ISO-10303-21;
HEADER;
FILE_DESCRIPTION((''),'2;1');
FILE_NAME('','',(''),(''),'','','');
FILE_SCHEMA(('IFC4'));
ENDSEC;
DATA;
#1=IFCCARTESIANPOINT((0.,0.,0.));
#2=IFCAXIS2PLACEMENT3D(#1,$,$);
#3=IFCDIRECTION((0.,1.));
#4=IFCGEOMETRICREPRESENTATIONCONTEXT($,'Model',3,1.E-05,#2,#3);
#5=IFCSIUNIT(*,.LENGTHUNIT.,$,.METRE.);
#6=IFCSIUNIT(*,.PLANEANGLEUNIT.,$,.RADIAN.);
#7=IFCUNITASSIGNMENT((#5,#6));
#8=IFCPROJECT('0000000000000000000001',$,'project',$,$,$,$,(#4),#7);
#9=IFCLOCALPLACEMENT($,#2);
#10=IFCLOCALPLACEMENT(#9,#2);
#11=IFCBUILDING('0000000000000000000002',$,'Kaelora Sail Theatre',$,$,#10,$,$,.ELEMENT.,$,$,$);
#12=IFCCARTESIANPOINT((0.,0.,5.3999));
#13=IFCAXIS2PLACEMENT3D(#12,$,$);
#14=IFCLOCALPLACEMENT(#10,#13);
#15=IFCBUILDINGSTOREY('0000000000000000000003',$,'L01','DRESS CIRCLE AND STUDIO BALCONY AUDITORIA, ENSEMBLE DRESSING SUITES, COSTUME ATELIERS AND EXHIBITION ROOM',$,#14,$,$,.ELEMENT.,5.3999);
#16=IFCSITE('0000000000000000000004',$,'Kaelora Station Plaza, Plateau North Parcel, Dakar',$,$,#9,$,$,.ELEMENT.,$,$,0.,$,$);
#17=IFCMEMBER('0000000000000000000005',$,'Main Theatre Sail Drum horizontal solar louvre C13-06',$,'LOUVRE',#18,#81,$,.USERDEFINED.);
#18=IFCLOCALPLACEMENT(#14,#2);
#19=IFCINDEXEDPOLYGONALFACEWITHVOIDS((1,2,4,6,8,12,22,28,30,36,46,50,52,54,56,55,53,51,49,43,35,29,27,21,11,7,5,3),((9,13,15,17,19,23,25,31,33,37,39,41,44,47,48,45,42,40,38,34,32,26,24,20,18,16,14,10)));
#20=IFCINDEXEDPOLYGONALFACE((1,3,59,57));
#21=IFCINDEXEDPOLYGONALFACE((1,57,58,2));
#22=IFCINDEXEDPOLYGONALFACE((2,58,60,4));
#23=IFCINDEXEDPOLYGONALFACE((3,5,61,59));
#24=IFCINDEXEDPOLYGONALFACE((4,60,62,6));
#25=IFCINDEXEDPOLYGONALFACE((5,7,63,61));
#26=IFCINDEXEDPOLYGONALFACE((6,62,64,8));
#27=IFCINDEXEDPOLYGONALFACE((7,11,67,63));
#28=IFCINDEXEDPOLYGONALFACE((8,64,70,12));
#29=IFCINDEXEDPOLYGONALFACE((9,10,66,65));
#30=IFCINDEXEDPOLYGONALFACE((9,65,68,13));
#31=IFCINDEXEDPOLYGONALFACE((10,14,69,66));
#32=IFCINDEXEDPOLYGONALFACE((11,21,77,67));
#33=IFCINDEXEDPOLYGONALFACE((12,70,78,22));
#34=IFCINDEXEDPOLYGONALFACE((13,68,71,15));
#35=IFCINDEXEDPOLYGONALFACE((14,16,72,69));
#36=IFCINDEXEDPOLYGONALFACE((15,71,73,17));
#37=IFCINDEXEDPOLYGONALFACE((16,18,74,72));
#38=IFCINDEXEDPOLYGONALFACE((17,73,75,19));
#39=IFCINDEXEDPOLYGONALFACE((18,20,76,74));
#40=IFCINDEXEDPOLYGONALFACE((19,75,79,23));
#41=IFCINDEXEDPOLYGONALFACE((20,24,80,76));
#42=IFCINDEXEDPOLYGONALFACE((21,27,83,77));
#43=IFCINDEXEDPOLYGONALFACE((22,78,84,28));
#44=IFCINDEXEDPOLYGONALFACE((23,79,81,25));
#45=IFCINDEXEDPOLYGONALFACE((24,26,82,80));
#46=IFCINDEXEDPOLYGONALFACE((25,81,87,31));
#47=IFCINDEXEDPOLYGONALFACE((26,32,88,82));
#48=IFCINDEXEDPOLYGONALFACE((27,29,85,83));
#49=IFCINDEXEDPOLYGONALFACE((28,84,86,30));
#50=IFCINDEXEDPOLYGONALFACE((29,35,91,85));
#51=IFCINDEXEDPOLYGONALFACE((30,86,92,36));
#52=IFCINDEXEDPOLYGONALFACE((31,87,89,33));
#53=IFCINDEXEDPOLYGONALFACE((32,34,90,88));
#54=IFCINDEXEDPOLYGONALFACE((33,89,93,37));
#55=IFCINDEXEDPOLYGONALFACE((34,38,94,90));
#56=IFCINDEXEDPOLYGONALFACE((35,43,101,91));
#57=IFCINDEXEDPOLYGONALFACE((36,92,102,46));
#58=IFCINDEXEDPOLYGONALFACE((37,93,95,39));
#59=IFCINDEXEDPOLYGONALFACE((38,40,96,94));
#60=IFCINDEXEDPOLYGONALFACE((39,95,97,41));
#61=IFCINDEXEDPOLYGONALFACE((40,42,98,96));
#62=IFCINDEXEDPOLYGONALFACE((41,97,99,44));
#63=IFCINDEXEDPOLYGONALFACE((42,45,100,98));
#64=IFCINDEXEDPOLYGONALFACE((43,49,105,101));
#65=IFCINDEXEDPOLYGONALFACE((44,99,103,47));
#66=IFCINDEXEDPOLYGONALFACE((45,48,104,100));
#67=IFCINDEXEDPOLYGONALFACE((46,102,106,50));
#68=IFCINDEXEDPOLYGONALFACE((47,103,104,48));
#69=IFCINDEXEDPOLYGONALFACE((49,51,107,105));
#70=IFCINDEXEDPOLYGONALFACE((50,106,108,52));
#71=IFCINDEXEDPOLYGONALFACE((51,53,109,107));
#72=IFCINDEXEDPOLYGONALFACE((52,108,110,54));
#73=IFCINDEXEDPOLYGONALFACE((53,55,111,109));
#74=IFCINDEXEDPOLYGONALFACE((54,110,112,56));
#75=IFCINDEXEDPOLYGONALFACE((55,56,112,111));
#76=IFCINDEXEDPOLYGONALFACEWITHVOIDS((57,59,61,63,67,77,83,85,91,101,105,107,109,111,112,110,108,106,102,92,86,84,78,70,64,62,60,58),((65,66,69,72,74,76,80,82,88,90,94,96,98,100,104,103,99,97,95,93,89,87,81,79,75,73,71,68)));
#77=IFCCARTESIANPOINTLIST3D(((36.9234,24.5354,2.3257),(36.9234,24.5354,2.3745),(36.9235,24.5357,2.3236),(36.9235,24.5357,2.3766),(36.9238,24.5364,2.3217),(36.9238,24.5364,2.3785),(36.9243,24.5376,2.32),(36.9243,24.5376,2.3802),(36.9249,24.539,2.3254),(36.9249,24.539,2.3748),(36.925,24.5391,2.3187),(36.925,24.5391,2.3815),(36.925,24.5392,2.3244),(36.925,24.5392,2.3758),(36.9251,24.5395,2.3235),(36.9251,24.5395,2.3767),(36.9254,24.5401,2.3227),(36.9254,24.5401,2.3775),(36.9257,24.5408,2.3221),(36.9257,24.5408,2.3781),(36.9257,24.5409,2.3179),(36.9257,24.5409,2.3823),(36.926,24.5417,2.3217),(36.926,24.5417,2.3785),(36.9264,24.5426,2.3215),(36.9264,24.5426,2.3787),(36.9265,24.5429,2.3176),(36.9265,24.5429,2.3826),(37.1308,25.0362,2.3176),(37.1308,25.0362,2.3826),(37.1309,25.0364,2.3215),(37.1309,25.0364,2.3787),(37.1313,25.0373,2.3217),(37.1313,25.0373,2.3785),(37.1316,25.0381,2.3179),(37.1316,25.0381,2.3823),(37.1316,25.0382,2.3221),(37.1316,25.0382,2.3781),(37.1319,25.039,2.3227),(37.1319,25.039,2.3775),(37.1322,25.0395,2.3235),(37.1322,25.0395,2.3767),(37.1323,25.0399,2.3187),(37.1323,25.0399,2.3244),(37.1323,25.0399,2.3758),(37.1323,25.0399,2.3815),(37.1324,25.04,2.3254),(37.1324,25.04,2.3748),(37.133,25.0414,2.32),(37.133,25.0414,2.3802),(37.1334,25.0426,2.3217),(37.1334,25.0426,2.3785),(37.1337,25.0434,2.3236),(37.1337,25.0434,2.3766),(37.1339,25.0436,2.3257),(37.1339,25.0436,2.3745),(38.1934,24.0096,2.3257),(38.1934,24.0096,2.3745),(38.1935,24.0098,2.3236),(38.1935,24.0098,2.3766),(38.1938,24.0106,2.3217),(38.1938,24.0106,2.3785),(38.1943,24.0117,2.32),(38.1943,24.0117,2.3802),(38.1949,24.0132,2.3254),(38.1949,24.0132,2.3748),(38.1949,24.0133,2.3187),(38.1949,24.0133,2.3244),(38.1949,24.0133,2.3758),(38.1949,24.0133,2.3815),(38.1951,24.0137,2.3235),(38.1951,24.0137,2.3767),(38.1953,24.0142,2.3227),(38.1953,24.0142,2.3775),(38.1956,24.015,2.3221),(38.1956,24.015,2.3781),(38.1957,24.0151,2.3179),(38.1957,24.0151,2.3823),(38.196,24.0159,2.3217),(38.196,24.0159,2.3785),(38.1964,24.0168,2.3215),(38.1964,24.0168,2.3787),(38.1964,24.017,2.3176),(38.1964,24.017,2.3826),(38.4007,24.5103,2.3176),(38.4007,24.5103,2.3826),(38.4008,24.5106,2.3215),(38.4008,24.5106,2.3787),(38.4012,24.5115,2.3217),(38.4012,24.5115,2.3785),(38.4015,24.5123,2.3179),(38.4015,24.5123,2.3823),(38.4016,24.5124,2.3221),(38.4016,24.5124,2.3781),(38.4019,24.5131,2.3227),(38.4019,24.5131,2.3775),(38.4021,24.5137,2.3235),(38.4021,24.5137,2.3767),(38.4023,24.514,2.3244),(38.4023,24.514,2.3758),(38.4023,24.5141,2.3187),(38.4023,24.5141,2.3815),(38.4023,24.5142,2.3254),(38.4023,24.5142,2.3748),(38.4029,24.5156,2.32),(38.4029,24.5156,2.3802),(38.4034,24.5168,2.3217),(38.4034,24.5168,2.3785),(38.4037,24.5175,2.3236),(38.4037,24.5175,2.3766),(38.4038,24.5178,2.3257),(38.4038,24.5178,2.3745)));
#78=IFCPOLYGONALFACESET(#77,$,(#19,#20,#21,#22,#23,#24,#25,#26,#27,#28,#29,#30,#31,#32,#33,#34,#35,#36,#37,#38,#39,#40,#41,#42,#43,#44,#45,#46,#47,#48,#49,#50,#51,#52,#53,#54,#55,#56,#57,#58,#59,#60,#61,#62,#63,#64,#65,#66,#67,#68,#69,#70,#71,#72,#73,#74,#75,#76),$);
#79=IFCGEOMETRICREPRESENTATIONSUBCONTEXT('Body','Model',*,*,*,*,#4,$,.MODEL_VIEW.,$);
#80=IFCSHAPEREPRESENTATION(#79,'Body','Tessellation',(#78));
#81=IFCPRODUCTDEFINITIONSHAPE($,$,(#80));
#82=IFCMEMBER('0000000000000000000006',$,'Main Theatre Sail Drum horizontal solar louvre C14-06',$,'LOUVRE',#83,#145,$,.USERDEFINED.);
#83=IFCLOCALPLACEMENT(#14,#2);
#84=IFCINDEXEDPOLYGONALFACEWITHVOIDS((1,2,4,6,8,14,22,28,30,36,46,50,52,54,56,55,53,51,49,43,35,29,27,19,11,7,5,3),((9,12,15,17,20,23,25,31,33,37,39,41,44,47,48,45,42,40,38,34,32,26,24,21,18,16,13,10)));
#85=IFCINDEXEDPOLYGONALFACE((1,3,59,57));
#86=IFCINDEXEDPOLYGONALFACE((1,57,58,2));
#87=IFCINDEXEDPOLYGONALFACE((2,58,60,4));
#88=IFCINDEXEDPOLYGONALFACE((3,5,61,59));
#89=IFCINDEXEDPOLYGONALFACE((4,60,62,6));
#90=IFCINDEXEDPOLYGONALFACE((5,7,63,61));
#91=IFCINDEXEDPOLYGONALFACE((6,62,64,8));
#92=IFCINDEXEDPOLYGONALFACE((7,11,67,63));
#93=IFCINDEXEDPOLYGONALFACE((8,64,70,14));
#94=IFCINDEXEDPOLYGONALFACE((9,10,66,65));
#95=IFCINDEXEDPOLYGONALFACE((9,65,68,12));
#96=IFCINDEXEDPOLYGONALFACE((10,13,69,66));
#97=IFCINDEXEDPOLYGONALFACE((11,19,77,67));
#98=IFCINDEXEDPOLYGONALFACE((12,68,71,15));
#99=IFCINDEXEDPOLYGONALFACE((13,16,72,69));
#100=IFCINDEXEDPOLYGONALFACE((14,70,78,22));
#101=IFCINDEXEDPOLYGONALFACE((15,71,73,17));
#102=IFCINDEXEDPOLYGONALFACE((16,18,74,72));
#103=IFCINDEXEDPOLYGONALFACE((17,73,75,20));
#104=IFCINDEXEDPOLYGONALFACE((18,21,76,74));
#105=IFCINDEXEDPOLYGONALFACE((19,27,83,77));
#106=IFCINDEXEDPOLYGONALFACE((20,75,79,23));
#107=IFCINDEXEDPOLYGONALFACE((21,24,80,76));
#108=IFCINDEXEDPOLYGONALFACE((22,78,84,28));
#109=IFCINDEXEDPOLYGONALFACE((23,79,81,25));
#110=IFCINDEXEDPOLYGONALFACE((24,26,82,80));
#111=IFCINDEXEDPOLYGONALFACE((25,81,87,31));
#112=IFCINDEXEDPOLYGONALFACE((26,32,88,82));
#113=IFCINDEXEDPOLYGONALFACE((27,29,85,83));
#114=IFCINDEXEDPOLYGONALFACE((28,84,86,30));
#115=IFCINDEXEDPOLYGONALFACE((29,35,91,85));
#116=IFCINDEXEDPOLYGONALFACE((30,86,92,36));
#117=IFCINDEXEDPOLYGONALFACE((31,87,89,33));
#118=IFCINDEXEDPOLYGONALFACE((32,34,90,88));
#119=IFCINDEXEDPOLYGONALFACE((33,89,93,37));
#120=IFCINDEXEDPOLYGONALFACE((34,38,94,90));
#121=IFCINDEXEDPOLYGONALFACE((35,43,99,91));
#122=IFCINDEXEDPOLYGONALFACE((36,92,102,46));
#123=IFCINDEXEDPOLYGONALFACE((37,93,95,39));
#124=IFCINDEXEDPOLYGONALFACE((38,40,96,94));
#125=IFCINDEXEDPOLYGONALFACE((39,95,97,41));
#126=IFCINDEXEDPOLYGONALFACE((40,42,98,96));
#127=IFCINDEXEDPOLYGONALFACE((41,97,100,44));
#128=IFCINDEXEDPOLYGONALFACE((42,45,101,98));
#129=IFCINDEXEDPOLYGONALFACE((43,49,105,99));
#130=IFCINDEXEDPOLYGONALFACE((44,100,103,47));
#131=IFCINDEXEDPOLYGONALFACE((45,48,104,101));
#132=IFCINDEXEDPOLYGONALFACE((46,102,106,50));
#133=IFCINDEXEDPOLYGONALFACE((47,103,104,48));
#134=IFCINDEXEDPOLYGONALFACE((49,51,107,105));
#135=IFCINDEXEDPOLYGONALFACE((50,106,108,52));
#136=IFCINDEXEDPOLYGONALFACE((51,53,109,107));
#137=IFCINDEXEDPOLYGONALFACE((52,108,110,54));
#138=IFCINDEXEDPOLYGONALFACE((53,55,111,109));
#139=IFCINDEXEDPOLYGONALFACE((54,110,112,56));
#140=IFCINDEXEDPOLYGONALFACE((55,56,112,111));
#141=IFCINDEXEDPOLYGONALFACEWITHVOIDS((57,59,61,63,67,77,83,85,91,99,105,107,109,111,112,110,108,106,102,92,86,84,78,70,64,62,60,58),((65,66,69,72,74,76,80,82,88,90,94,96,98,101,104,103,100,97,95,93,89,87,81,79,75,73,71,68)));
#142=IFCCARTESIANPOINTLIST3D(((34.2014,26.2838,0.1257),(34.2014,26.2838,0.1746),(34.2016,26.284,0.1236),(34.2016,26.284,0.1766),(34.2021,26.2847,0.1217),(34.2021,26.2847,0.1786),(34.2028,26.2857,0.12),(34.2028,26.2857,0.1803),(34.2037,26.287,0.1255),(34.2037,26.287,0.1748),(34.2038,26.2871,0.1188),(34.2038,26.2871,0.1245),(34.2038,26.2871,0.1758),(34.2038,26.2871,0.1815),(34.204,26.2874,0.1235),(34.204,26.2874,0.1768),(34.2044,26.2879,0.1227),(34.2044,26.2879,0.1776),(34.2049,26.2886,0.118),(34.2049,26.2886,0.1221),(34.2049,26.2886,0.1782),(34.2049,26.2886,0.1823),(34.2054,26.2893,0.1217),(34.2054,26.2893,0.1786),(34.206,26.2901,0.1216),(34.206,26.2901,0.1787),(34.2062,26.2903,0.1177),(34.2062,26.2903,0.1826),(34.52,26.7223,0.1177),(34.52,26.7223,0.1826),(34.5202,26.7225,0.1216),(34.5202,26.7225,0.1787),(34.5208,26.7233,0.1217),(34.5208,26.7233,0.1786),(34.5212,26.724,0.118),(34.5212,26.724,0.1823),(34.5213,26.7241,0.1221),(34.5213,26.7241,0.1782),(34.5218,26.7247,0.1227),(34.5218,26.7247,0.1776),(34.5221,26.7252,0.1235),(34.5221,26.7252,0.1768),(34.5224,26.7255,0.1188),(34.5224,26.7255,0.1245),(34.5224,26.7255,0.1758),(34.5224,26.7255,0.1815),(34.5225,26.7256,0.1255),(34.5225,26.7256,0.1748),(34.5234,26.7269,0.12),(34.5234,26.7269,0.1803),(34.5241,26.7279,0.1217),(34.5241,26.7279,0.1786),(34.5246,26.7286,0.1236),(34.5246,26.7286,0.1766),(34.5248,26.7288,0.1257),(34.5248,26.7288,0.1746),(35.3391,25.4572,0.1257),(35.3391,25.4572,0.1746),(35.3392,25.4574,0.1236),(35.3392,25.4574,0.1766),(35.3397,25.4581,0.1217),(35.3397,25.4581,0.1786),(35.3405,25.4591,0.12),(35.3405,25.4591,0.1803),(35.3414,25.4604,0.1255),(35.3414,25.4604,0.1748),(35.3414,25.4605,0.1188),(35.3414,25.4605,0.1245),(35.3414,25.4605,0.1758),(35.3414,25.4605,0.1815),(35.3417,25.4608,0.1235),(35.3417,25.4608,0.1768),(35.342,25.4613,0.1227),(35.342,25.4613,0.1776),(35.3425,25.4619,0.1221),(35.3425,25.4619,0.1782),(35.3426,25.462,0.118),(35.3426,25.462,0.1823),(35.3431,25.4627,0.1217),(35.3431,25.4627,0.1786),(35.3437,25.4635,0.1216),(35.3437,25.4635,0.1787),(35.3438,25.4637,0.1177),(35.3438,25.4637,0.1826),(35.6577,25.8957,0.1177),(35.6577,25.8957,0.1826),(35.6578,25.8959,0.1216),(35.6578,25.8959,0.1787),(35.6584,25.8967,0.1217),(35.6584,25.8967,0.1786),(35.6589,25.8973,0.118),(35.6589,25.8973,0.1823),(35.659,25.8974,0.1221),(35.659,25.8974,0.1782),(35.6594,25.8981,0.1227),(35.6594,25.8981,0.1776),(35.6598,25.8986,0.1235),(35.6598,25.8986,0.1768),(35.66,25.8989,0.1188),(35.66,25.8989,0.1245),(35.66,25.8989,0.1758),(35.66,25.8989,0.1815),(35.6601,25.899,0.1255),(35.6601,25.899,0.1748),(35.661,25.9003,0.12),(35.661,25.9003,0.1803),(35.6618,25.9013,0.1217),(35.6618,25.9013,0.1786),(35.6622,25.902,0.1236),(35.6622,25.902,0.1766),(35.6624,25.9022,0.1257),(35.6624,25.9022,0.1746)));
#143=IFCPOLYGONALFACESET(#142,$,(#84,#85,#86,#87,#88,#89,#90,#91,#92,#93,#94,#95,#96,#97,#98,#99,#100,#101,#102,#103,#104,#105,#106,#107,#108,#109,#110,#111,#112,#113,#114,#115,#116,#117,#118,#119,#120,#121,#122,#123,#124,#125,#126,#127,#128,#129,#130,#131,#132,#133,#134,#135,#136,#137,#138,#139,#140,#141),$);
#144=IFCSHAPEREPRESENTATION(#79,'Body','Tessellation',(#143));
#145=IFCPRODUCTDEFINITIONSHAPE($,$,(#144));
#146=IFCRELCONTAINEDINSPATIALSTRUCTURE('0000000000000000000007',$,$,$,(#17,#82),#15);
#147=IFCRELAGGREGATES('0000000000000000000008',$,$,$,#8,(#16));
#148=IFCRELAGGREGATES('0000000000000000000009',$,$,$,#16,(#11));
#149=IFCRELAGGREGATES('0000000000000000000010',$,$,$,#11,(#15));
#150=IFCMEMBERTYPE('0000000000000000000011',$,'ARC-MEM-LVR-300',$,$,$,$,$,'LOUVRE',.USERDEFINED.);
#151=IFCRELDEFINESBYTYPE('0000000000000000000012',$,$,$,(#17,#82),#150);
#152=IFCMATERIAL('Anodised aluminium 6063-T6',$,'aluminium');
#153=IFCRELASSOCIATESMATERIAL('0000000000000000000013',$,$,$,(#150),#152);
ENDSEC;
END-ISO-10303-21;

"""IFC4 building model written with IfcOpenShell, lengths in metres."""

from ifc_helpers import new_model, si_unit, direction, frame, origin, origin_2d, place, context, subcontext, project, spatial, hollow_rectangle, extrude, material, material_profile, profile_set, type_object, element, save


model = new_model("IFC4")

# Units and contexts
model_context = context("Model", 3, precision=1e-05, world=origin(), true_north=direction((0.0, 1.0)))
body_context = subcontext(model_context, "Body", "Model", "MODEL_VIEW")
ifc_project = project(units=[si_unit("LENGTHUNIT", "METRE"), si_unit("PLANEANGLEUNIT", "RADIAN")], contexts=[model_context])

# Site, building, storey
site_placement = place(None, origin())
site = spatial("IfcSite", under=ifc_project, at=site_placement, Name="Kaelora Station Plaza, Plateau North Parcel, Dakar", CompositionType="ELEMENT", RefElevation=0.0)
building_placement = place(site_placement, origin())
building = spatial("IfcBuilding", under=site, at=building_placement, Name="Kaelora Sail Theatre", CompositionType="ELEMENT")
storey_placement = place(building_placement, frame((0.0, 0.0, 5.3999)))
storey = spatial("IfcBuildingStorey", under=building, at=storey_placement, Name="L01", Description="DRESS CIRCLE AND STUDIO BALCONY AUDITORIA, ENSEMBLE DRESSING SUITES, COSTUME ATELIERS AND EXHIBITION ROOM", CompositionType="ELEMENT", Elevation=5.3999)

# Members
ifc_material_1 = material(Name="Anodised aluminium 6063-T6", Category="aluminium")
ifc_material_profile_1 = material_profile(ifc_material_1, hollow_rectangle(XDim=0.55, YDim=0.0649, WallThickness=0.0039, InnerFilletRadius=0.0039, OuterFilletRadius=0.0081, at=origin_2d()), Name="LOUVRE 550x65x4")
ifc_profile_set_1 = profile_set([ifc_material_profile_1], Name="Anodised aluminium 6063-T6")
member_type = type_object("IfcMemberType", Name="ARC-MEM-LVR-300", ElementType="LOUVRE", PredefinedType="USERDEFINED", material=ifc_profile_set_1)
for number, where, z_axis, x_axis, name in (
    (1, (38.2986, 24.2637, 2.3501), (-0.923926, 0.382571, 0.0), (-0.382571, -0.923926, 0.0), "Main Theatre Sail Drum horizontal solar louvre C13-06"),
):
    element("IfcMember", number, at=place(storey_placement, frame(where, z_axis=z_axis, x_axis=x_axis)), inside=storey, type_object=member_type, Name=name, ObjectType="LOUVRE", PredefinedType="USERDEFINED", context=body_context, shape_type="SweptSolid", body=[
        extrude(hollow_rectangle(XDim=0.55, YDim=0.0649, WallThickness=0.0039, InnerFilletRadius=0.0039, OuterFilletRadius=0.0081, at=origin_2d()), origin(), (0.0, 0.0, 1.0), 1.3745),
    ])
for number, where, z_axis, x_axis, name in (
    (2, (35.5007, 25.6797, 0.1501), (-0.808991, 0.587821, 0.0), (-0.587821, -0.808991, 0.0), "Main Theatre Sail Drum horizontal solar louvre C14-06"),
):
    element("IfcMember", number, at=place(storey_placement, frame(where, z_axis=z_axis, x_axis=x_axis)), inside=storey, type_object=member_type, Name=name, ObjectType="LOUVRE", PredefinedType="USERDEFINED", context=body_context, shape_type="SweptSolid", body=[
        extrude(hollow_rectangle(XDim=0.55, YDim=0.0649, WallThickness=0.0039, InnerFilletRadius=0.0039, OuterFilletRadius=0.0081, at=origin_2d()), origin(), (0.0, 0.0, 1.0), 1.4062),
    ])

save(model, "model.ifc")
